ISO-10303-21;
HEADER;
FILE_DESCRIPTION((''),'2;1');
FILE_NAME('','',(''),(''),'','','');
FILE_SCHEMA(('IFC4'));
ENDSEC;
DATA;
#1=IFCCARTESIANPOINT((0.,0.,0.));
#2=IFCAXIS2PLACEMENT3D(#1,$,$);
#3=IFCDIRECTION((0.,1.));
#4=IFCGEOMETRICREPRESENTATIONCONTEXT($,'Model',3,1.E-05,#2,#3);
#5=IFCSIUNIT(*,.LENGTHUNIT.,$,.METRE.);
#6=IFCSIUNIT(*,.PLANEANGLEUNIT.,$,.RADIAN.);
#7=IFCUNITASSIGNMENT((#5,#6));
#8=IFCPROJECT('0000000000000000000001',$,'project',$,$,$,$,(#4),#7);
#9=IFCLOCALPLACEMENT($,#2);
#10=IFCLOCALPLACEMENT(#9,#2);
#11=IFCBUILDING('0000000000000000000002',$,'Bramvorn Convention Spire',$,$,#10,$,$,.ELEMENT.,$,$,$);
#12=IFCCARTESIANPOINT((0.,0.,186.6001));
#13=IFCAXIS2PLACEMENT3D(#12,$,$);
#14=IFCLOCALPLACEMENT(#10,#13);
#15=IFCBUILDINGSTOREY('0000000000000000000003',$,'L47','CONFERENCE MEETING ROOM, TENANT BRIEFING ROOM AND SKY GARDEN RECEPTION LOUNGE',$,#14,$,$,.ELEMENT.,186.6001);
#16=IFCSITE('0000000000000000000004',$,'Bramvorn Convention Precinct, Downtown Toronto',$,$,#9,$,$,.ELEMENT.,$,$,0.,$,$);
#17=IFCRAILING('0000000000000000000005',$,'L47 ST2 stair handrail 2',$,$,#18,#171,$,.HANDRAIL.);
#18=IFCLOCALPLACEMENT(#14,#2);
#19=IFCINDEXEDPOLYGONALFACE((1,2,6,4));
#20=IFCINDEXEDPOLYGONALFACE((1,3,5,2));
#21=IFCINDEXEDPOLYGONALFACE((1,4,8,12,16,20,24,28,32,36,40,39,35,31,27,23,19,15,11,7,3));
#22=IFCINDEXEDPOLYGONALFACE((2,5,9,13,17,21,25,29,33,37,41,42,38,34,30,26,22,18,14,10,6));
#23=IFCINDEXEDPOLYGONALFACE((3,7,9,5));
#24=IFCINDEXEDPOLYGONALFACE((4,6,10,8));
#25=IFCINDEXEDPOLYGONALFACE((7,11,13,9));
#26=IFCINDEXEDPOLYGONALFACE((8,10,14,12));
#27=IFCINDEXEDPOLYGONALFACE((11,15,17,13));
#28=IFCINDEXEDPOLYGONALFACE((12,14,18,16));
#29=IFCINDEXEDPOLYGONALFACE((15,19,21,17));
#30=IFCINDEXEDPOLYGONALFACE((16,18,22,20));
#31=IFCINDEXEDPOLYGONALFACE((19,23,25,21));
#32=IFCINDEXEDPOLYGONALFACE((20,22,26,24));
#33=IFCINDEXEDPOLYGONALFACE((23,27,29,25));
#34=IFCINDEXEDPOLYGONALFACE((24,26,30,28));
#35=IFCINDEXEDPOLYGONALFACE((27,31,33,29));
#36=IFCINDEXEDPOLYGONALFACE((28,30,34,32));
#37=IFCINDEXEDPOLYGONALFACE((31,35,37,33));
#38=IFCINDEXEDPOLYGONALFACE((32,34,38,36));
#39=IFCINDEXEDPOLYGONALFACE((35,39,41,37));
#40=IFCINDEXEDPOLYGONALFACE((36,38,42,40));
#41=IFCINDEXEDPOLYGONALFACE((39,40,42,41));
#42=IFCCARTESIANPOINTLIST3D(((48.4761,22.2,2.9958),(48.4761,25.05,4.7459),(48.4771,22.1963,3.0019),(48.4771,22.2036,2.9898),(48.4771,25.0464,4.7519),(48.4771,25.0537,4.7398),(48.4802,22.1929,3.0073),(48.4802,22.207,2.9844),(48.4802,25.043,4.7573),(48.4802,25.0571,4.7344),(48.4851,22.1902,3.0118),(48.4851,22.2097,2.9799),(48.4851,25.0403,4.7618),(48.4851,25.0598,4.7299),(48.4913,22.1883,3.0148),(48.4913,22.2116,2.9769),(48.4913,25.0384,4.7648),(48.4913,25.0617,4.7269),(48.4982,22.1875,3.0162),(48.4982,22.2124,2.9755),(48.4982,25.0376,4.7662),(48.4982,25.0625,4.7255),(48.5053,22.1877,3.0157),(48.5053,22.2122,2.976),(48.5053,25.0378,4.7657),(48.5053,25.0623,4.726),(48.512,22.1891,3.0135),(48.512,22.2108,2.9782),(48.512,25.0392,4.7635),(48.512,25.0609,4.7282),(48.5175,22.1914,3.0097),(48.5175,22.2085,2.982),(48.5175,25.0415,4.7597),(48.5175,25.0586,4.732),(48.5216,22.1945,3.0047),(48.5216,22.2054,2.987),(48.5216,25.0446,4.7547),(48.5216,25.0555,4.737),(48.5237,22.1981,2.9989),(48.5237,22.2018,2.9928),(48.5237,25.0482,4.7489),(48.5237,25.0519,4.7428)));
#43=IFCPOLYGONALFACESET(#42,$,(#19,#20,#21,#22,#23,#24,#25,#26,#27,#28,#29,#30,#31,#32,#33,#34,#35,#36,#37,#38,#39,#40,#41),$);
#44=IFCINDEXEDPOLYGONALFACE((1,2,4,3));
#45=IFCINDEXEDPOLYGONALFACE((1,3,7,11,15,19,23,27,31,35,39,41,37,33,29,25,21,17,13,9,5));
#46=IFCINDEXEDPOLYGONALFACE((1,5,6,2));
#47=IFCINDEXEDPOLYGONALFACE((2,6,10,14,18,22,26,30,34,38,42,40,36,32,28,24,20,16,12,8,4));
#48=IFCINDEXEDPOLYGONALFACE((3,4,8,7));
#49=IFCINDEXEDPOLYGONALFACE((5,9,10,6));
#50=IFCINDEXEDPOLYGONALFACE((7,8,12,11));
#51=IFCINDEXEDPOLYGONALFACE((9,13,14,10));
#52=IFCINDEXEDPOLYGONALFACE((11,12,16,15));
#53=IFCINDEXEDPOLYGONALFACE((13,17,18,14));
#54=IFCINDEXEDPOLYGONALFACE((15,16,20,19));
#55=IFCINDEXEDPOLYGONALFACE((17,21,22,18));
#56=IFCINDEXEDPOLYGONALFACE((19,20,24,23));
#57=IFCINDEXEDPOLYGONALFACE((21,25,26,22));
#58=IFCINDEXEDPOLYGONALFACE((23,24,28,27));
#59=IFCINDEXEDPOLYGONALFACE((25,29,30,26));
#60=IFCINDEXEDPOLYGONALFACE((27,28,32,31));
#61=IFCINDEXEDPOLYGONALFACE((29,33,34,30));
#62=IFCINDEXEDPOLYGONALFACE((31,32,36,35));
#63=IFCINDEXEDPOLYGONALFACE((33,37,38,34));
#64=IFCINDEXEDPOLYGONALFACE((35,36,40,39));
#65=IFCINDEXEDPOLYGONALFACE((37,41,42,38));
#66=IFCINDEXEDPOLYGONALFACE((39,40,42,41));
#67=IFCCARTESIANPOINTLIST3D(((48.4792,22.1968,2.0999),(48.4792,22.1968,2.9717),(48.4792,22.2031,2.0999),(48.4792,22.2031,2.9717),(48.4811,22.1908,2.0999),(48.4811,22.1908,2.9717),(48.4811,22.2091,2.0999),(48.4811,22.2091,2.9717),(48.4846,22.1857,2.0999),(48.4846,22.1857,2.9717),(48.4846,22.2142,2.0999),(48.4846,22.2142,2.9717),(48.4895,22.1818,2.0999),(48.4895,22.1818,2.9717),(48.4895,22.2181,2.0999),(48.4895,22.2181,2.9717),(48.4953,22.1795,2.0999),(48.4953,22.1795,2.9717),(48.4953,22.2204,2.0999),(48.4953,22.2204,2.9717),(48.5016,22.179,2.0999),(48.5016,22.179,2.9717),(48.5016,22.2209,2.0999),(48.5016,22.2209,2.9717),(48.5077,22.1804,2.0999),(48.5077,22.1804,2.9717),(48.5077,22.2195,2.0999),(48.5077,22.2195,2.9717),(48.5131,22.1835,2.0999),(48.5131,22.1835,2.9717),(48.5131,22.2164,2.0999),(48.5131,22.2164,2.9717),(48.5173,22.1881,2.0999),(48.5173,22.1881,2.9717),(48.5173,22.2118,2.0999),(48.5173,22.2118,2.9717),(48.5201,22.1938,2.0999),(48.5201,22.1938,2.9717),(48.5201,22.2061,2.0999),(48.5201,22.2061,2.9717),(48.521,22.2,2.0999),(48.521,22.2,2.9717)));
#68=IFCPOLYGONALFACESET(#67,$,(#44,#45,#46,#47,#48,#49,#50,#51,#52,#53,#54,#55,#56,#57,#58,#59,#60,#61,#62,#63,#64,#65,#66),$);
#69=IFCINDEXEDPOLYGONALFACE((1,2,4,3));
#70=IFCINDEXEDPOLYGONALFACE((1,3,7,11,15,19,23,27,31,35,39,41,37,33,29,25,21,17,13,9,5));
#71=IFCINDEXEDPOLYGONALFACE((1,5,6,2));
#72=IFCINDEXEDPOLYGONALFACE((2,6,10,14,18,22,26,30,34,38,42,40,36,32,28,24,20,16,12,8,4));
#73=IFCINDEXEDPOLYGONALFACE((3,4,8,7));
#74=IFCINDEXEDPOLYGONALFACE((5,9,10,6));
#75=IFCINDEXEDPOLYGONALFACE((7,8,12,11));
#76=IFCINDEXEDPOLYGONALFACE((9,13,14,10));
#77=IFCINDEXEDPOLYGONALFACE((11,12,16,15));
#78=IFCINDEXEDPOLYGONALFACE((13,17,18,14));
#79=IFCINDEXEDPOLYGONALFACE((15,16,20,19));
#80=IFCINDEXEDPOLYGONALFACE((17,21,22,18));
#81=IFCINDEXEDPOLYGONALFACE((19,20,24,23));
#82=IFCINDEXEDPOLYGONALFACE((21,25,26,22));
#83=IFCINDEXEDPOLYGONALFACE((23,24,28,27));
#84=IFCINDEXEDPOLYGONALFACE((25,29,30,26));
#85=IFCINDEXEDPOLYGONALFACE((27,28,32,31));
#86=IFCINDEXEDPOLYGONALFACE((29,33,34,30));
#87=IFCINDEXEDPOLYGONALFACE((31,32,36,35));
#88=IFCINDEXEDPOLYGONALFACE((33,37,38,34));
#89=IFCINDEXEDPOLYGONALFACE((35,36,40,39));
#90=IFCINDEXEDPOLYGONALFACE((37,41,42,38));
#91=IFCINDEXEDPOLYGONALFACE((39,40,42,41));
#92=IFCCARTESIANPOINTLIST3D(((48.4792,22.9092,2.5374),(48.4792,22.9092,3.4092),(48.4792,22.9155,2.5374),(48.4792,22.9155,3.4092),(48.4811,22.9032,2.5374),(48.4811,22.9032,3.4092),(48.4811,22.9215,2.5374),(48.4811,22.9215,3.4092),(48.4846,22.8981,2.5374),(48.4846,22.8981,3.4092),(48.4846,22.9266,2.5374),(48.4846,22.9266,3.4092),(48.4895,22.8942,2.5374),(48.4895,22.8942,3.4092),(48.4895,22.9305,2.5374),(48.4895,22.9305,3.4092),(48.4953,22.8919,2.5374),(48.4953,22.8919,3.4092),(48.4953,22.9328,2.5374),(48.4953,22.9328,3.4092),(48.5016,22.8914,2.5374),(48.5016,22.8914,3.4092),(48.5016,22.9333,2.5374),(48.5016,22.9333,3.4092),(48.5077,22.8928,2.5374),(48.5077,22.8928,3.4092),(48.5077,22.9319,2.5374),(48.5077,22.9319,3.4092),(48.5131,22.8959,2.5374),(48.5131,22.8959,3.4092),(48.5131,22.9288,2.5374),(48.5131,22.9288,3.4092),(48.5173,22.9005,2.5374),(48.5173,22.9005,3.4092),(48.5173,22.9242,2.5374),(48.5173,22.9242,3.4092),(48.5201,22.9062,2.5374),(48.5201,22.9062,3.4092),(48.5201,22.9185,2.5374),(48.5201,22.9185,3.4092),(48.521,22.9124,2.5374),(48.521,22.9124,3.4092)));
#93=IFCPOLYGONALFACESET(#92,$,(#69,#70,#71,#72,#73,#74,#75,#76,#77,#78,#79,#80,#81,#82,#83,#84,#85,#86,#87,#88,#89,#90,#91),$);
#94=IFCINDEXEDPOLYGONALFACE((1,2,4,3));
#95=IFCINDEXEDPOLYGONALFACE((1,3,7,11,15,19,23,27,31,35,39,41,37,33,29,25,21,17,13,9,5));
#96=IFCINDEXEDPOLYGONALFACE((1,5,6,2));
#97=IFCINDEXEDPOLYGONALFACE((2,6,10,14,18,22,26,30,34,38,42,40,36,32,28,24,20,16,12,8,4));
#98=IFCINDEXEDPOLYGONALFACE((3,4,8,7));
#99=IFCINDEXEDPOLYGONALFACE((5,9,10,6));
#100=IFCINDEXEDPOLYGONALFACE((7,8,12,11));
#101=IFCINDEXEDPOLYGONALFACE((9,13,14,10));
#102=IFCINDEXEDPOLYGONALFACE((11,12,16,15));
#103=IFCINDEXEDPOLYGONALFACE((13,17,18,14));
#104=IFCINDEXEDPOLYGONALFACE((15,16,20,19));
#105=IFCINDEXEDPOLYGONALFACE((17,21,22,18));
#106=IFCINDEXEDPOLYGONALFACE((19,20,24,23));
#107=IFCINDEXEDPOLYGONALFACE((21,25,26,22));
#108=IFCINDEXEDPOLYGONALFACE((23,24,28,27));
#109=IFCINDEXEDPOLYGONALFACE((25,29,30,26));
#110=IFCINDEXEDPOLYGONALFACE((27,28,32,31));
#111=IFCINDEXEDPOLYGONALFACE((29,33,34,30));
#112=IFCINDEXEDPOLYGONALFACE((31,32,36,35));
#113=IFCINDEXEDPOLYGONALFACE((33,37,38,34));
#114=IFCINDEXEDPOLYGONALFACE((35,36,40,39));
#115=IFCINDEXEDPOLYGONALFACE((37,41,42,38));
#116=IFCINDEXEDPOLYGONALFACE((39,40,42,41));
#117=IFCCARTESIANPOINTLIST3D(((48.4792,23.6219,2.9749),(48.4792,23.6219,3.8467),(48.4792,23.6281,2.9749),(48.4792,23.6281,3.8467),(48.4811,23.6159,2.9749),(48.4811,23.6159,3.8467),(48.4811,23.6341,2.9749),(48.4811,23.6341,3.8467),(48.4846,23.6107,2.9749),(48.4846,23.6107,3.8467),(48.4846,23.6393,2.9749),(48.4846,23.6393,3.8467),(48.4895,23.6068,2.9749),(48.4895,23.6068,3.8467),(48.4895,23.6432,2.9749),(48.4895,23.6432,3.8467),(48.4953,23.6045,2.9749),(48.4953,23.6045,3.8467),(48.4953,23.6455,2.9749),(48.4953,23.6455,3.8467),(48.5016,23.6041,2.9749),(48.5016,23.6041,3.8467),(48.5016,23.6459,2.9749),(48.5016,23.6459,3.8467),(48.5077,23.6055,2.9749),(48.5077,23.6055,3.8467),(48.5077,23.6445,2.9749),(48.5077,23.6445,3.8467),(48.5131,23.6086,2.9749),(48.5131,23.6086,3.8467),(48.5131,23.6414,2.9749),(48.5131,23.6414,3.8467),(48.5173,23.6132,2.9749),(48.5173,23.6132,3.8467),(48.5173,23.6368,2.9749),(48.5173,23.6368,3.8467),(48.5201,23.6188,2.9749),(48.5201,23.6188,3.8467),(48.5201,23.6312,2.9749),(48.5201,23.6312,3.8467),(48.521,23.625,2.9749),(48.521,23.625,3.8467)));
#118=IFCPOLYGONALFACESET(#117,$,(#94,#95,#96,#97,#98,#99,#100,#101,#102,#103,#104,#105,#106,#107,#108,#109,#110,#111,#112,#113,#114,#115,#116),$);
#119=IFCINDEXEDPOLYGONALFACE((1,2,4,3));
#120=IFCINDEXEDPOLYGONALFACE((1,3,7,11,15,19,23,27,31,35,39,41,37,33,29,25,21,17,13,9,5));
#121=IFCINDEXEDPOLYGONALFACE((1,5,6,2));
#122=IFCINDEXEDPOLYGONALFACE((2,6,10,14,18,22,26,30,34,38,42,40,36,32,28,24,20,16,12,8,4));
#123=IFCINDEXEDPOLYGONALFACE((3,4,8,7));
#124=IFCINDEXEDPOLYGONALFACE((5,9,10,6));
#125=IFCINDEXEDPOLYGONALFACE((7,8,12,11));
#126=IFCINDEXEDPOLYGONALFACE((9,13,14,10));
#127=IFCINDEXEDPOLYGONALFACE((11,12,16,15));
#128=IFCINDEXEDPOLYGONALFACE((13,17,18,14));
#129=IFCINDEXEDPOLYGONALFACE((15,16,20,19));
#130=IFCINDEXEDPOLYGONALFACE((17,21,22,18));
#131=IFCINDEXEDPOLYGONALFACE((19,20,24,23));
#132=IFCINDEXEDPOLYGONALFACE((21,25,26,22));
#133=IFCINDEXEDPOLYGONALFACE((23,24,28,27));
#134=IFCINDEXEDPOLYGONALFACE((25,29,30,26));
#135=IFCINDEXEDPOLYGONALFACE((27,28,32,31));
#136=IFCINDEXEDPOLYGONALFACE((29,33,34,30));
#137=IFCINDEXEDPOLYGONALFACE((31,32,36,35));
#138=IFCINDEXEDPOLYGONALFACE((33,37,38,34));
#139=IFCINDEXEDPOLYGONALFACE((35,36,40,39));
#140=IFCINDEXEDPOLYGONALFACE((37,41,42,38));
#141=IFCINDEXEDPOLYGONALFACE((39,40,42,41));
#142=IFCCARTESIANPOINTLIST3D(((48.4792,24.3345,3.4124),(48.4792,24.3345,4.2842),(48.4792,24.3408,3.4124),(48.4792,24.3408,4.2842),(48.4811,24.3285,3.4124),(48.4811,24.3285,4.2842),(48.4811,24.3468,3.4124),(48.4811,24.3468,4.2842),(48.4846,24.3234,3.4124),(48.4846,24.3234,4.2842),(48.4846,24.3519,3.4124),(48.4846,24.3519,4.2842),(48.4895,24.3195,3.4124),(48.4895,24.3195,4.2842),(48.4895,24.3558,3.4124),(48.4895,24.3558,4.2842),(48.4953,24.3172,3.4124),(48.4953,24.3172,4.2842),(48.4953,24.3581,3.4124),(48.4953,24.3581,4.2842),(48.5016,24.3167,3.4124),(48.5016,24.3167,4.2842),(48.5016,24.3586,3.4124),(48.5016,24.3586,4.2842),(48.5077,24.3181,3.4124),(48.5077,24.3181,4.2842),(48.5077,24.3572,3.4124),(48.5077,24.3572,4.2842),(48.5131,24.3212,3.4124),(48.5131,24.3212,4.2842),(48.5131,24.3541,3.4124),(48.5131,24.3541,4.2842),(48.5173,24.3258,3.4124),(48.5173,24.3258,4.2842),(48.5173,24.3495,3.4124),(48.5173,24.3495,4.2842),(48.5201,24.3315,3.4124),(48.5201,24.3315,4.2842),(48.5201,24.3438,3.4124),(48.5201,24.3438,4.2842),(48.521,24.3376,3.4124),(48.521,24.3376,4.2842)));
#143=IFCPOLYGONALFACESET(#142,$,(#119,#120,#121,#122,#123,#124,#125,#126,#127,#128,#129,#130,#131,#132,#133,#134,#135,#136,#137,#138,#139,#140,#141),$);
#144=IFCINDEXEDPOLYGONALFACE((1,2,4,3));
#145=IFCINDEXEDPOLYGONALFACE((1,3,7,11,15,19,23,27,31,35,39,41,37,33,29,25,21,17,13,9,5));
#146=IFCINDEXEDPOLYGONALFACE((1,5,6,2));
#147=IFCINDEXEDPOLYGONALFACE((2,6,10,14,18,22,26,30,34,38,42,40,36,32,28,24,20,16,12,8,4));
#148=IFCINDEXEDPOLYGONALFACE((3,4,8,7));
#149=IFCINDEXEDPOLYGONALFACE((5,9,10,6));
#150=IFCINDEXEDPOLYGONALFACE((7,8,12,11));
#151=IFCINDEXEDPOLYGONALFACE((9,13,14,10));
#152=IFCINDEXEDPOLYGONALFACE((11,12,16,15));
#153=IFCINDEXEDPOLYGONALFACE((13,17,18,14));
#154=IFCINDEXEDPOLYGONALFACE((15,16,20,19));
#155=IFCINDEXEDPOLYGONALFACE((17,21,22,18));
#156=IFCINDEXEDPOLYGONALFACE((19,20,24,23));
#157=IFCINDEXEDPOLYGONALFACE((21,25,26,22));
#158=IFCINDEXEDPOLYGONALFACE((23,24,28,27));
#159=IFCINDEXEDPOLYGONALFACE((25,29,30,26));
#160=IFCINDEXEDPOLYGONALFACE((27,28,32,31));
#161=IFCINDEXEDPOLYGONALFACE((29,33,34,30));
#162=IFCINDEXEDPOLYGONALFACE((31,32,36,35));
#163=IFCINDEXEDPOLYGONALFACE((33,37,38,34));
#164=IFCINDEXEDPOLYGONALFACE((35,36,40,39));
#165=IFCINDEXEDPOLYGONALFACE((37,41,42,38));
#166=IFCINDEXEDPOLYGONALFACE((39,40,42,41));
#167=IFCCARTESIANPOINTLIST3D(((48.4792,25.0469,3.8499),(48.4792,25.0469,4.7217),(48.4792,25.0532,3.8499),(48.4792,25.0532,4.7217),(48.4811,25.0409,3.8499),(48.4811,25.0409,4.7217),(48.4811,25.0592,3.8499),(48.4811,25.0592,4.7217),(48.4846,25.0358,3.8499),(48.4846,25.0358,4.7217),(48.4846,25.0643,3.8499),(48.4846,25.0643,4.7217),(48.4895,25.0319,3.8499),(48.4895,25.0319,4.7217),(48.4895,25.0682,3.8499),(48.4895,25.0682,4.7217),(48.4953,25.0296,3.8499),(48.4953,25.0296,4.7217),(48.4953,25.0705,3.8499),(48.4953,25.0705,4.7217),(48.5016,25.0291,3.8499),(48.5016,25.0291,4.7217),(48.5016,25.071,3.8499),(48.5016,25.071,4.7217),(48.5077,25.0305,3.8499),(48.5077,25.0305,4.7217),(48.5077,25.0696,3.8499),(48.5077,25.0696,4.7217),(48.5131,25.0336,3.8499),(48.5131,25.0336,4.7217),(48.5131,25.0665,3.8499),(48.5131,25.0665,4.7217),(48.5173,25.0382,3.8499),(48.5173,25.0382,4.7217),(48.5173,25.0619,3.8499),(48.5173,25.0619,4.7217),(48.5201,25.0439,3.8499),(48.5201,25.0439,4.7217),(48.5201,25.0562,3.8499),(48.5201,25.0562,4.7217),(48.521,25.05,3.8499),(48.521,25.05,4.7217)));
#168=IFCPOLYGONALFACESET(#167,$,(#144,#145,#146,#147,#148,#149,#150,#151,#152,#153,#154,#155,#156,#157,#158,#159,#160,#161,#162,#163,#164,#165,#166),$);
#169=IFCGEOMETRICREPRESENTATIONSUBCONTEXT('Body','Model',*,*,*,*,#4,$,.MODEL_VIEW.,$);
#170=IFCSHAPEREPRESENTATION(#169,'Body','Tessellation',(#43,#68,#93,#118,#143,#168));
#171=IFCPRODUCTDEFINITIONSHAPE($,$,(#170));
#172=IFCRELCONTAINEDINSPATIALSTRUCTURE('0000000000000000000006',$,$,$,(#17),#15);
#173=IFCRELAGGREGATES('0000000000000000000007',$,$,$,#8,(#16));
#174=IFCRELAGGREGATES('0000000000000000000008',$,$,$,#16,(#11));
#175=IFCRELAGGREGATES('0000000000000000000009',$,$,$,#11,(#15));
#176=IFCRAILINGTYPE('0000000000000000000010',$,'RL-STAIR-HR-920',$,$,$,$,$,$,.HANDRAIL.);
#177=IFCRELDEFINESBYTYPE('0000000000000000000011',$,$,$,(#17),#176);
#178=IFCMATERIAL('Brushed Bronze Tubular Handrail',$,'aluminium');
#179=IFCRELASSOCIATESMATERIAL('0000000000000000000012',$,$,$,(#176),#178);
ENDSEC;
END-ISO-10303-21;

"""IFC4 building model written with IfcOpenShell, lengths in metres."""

from ifc_helpers import new_model, si_unit, direction, frame, origin, origin_2d, place, context, subcontext, project, spatial, circle, extrude, material, type_object, element, save


model = new_model("IFC4")

# Units and contexts
model_context = context("Model", 3, precision=1e-05, world=origin(), true_north=direction((0.0, 1.0)))
body_context = subcontext(model_context, "Body", "Model", "MODEL_VIEW")
ifc_project = project(units=[si_unit("LENGTHUNIT", "METRE"), si_unit("PLANEANGLEUNIT", "RADIAN")], contexts=[model_context])

# Site, building, storey
site_placement = place(None, origin())
site = spatial("IfcSite", under=ifc_project, at=site_placement, Name="Bramvorn Convention Precinct, Downtown Toronto", CompositionType="ELEMENT", RefElevation=0.0)
building_placement = place(site_placement, origin())
building = spatial("IfcBuilding", under=site, at=building_placement, Name="Bramvorn Convention Spire", CompositionType="ELEMENT")
storey_placement = place(building_placement, frame((0.0, 0.0, 186.6001)))
storey = spatial("IfcBuildingStorey", under=building, at=storey_placement, Name="L47", Description="CONFERENCE MEETING ROOM, TENANT BRIEFING ROOM AND SKY GARDEN RECEPTION LOUNGE", CompositionType="ELEMENT", Elevation=186.6001)

# Railing
ifc_material_1 = material(Name="Brushed Bronze Tubular Handrail", Category="aluminium")
railing_type_1 = type_object("IfcRailingType", Name="RL-STAIR-HR-920", PredefinedType="HANDRAIL", material=ifc_material_1)
railing_1_placement = place(storey_placement, frame((48.5, 22.2, 2.0999)))
element("IfcRailing", 1, at=railing_1_placement, inside=storey, type_object=railing_type_1, Name="L47 ST2 stair handrail 2", PredefinedType="HANDRAIL", context=body_context, shape_type="SweptSolid", body=[
    extrude(circle(Radius=0.0239, at=origin_2d()), frame((0.0, 0.0, 0.896), z_axis=(0.0, 0.852179, 0.52325), x_axis=(-1.0, 0.0, 0.0)), (0.0, 0.0, 1.0), 3.3445),
    extrude(circle(Radius=0.021, at=origin_2d()), origin(), (0.0, 0.0, 1.0), 0.8718),
    extrude(circle(Radius=0.021, at=origin_2d()), frame((0.0, 0.7124, 0.4375)), (0.0, 0.0, 1.0), 0.8718),
    extrude(circle(Radius=0.021, at=origin_2d()), frame((0.0, 1.425, 0.875)), (0.0, 0.0, 1.0), 0.8718),
    extrude(circle(Radius=0.021, at=origin_2d()), frame((0.0, 2.1377, 1.3125)), (0.0, 0.0, 1.0), 0.8718),
    extrude(circle(Radius=0.021, at=origin_2d()), frame((0.0, 2.8501, 1.75)), (0.0, 0.0, 1.0), 0.8718),
])

save(model, "model.ifc")
